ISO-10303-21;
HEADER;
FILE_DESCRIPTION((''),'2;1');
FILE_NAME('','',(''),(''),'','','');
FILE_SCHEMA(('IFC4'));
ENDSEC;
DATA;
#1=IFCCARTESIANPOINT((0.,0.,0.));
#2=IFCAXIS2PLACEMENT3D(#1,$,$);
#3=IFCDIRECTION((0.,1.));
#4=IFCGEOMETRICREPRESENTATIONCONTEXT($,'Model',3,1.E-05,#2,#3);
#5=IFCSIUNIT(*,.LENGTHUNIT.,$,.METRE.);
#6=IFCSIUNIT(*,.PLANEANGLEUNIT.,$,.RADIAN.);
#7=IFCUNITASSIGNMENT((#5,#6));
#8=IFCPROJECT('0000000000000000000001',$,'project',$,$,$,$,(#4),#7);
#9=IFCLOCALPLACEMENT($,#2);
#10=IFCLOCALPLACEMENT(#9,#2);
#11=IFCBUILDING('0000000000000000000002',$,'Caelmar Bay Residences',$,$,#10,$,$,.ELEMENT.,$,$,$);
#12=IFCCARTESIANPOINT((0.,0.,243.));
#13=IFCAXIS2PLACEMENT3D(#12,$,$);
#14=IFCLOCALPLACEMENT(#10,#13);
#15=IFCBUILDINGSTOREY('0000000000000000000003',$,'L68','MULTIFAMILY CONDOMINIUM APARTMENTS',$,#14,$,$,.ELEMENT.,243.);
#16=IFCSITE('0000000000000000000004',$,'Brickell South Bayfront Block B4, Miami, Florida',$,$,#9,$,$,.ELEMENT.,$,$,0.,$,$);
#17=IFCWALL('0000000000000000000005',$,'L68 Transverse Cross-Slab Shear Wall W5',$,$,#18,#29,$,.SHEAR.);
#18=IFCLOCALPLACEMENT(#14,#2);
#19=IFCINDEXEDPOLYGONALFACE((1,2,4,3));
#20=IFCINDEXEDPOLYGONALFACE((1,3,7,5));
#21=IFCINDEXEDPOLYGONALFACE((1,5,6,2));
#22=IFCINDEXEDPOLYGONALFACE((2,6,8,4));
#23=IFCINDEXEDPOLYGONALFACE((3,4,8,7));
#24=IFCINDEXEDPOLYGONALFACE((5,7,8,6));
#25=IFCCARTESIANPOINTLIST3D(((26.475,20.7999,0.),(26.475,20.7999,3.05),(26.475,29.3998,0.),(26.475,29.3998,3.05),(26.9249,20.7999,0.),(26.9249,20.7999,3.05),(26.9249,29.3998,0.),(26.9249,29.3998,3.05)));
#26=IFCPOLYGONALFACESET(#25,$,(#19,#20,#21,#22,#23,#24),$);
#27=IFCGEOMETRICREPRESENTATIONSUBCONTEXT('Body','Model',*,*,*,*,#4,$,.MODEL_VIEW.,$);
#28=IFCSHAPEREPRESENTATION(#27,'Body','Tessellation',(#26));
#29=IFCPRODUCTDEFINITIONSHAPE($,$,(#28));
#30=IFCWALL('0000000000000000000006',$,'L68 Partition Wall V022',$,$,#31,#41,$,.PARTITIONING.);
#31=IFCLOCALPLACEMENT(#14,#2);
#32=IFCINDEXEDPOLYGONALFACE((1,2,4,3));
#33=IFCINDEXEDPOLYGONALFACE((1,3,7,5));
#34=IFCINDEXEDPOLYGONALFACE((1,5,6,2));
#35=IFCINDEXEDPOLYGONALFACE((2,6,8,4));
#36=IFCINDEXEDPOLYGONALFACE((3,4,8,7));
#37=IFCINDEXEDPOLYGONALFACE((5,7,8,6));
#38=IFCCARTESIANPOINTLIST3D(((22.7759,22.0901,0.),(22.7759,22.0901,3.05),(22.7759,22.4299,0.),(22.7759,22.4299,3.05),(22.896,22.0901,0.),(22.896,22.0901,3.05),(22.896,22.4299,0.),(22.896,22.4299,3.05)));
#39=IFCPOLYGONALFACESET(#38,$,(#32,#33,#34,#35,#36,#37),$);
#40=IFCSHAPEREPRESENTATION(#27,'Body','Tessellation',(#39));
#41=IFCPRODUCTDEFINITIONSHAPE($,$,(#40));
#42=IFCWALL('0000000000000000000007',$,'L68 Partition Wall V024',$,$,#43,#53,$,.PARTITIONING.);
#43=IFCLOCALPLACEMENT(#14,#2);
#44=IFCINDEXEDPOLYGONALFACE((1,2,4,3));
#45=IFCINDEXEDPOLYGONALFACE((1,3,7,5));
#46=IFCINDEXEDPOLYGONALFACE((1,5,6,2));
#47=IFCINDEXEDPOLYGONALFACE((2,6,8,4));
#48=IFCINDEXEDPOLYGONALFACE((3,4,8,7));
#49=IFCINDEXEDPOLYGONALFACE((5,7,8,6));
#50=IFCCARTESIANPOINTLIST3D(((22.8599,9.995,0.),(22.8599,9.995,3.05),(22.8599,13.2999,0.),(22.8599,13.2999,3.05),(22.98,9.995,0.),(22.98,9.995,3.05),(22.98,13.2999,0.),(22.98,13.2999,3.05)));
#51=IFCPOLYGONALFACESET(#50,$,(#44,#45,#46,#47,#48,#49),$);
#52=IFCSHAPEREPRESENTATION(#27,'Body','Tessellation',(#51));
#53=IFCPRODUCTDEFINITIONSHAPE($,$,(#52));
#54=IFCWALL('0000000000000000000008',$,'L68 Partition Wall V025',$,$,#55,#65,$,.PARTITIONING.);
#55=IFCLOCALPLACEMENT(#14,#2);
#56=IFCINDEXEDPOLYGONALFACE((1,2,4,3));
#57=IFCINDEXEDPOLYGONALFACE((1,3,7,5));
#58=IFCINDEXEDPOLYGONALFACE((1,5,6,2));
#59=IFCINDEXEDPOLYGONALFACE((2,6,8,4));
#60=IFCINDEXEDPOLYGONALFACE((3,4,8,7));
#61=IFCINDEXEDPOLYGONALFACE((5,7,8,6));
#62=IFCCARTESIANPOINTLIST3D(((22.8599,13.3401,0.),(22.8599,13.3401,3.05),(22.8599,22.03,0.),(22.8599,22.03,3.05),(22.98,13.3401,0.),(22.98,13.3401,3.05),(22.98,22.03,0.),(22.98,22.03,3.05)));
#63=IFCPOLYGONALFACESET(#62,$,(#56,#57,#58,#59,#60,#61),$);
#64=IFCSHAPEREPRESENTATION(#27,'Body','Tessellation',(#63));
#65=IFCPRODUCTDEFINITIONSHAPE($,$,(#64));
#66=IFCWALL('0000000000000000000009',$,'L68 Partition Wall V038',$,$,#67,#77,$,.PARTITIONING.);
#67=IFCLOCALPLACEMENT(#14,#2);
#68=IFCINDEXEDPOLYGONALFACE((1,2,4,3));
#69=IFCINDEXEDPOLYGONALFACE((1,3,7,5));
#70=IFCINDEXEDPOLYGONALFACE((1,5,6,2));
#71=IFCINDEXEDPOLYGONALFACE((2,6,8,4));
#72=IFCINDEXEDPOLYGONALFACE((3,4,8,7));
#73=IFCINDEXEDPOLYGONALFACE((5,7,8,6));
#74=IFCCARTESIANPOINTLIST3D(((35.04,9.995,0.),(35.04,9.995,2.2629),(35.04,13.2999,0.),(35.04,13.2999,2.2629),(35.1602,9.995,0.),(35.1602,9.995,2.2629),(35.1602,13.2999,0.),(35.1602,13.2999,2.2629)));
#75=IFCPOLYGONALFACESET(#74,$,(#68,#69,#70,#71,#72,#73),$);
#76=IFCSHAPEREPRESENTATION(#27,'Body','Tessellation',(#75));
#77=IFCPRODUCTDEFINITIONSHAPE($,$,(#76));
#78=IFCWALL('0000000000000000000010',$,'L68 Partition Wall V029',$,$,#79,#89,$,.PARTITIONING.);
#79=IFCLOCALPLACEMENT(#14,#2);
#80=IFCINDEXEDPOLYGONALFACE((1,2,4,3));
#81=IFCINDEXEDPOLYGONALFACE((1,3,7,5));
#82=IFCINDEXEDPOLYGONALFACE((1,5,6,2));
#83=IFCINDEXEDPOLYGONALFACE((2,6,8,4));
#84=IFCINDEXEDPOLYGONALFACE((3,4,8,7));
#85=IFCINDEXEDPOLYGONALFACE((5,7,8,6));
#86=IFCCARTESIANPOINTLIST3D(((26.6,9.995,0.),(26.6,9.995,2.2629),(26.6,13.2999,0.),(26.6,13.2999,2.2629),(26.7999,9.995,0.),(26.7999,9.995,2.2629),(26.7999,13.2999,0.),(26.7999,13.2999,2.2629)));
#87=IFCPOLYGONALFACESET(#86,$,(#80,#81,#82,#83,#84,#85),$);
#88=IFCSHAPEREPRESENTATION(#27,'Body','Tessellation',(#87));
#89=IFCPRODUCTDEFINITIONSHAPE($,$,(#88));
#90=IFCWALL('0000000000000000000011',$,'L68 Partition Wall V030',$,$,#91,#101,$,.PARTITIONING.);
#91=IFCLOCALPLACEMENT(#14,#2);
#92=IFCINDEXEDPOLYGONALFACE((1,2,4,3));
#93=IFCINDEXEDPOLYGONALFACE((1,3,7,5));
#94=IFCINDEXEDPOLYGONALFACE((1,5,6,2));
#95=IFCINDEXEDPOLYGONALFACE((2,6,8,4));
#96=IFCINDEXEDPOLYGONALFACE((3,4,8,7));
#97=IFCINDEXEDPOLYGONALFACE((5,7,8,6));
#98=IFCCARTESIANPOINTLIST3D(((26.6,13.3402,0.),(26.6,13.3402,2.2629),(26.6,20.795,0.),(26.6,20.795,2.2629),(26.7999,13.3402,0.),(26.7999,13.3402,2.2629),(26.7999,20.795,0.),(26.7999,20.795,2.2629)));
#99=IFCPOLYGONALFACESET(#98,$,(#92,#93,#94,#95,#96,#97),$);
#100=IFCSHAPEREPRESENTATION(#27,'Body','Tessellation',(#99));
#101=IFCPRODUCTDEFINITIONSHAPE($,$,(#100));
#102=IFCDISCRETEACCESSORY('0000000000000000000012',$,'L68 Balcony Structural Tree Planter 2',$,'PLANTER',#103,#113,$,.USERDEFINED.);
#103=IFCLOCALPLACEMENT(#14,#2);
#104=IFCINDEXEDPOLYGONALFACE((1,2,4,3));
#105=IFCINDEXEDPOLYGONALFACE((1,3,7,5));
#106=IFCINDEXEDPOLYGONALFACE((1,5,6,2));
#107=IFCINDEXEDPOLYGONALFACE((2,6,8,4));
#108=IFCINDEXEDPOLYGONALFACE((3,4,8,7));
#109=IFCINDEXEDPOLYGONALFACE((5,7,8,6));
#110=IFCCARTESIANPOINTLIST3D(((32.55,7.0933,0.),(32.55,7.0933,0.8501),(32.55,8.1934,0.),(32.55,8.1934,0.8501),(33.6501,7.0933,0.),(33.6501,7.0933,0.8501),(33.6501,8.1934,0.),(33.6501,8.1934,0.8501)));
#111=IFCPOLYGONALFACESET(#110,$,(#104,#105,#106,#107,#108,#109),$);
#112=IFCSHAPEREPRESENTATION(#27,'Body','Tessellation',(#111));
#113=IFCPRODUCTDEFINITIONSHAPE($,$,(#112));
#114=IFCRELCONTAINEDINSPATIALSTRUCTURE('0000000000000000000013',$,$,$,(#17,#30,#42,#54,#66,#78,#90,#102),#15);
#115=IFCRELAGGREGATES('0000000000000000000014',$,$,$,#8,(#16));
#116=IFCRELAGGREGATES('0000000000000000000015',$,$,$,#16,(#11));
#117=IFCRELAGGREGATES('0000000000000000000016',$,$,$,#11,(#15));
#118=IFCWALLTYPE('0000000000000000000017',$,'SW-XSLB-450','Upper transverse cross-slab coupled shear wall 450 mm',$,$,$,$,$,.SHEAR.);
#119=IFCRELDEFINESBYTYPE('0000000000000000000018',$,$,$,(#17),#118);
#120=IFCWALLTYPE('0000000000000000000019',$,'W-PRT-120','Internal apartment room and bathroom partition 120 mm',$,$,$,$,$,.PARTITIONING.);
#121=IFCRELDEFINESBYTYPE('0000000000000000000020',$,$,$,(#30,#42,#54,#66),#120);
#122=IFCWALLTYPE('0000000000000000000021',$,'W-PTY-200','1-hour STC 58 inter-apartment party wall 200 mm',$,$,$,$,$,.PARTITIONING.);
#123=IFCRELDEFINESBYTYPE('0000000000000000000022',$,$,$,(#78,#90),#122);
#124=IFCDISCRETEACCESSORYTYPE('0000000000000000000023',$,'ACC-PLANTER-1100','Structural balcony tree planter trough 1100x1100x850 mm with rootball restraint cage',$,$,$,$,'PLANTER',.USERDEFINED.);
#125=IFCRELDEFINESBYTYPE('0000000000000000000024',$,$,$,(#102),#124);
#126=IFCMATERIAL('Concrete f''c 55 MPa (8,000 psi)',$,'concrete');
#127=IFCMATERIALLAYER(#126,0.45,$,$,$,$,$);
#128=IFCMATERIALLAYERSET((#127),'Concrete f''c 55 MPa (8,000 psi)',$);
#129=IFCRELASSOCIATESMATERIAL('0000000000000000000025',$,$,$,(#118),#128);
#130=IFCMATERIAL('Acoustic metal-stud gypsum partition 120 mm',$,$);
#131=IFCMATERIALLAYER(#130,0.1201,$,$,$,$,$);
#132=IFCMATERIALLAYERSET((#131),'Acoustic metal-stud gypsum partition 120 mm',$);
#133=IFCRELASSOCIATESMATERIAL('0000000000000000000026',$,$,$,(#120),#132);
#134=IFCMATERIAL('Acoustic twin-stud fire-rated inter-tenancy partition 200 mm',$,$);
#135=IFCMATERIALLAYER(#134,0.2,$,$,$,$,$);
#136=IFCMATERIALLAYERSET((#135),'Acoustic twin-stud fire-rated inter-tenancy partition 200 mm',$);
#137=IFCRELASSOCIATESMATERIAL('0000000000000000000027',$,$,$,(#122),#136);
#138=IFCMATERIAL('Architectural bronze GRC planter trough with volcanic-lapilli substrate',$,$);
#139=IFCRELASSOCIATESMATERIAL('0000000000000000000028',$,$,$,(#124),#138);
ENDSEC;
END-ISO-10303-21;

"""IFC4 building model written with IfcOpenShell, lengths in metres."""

from ifc_helpers import new_model, si_unit, direction, frame, frame_2d, origin, origin_2d, place, context, subcontext, project, spatial, rectangle, extrude, material, layer, layer_set, type_object, element, save


model = new_model("IFC4")

# Units and contexts
model_context = context("Model", 3, precision=1e-05, world=origin(), true_north=direction((0.0, 1.0)))
body_context = subcontext(model_context, "Body", "Model", "MODEL_VIEW")
ifc_project = project(units=[si_unit("LENGTHUNIT", "METRE"), si_unit("PLANEANGLEUNIT", "RADIAN")], contexts=[model_context])

# Site, building, storey
site_placement = place(None, origin())
site = spatial("IfcSite", under=ifc_project, at=site_placement, Name="Brickell South Bayfront Block B4, Miami, Florida", CompositionType="ELEMENT", RefElevation=0.0)
building_placement = place(site_placement, origin())
building = spatial("IfcBuilding", under=site, at=building_placement, Name="Caelmar Bay Residences", CompositionType="ELEMENT")
storey_placement = place(building_placement, frame((0.0, 0.0, 243.0)))
storey = spatial("IfcBuildingStorey", under=building, at=storey_placement, Name="L68", Description="MULTIFAMILY CONDOMINIUM APARTMENTS", CompositionType="ELEMENT", Elevation=243.0)

# Shared definitions
ifc_material_1 = material(Name="Concrete f'c 55 MPa (8,000 psi)", Category="concrete")

# Walls
ifc_layer_1 = layer(ifc_material_1, 0.45)
ifc_layer_set_1 = layer_set([ifc_layer_1], Name="Concrete f'c 55 MPa (8,000 psi)")
wall_type_1 = type_object("IfcWallType", Name="SW-XSLB-450", Description="Upper transverse cross-slab coupled shear wall 450 mm", PredefinedType="SHEAR", material=ifc_layer_set_1)
wall_1_placement = place(storey_placement, frame((26.7, 20.8, 0.0), z_axis=(0.0, 0.0, 1.0), x_axis=(0.0, 1.0, 0.0)))
element("IfcWall", 1, at=wall_1_placement, inside=storey, type_object=wall_type_1, Name="L68 Transverse Cross-Slab Shear Wall W5", PredefinedType="SHEAR", context=body_context, shape_type="SweptSolid", body=[
    extrude(rectangle(XDim=8.5999, YDim=0.45, at=frame_2d((4.2998, 0.0))), origin(), (0.0, 0.0, 1.0), 3.05),
])
ifc_material_2 = material(Name="Acoustic metal-stud gypsum partition 120 mm")
ifc_layer_2 = layer(ifc_material_2, 0.1201)
ifc_layer_set_2 = layer_set([ifc_layer_2], Name="Acoustic metal-stud gypsum partition 120 mm")
wall_type_2 = type_object("IfcWallType", Name="W-PRT-120", Description="Internal apartment room and bathroom partition 120 mm", PredefinedType="PARTITIONING", material=ifc_layer_set_2)
wall_2_placement = place(storey_placement, frame((22.8359, 22.0901, 0.0), z_axis=(0.0, 0.0, 1.0), x_axis=(0.0, 1.0, 0.0)))
element("IfcWall", 2, at=wall_2_placement, inside=storey, type_object=wall_type_2, Name="L68 Partition Wall V022", PredefinedType="PARTITIONING", context=body_context, shape_type="SweptSolid", body=[
    extrude(rectangle(XDim=0.3398, YDim=0.1201, at=frame_2d((0.1699, 0.0))), origin(), (0.0, 0.0, 1.0), 3.05),
])
wall_3_placement = place(storey_placement, frame((22.9199, 9.9951, 0.0), z_axis=(0.0, 0.0, 1.0), x_axis=(0.0, 1.0, 0.0)))
element("IfcWall", 3, at=wall_3_placement, inside=storey, type_object=wall_type_2, Name="L68 Partition Wall V024", PredefinedType="PARTITIONING", context=body_context, shape_type="SweptSolid", body=[
    extrude(rectangle(XDim=3.3049, YDim=0.1201, at=frame_2d((1.6523, 0.0))), origin(), (0.0, 0.0, 1.0), 3.05),
])
wall_4_placement = place(storey_placement, frame((22.9199, 13.3401, 0.0), z_axis=(0.0, 0.0, 1.0), x_axis=(0.0, 1.0, 0.0)))
element("IfcWall", 4, at=wall_4_placement, inside=storey, type_object=wall_type_2, Name="L68 Partition Wall V025", PredefinedType="PARTITIONING", context=body_context, shape_type="SweptSolid", body=[
    extrude(rectangle(XDim=8.6899, YDim=0.1201, at=frame_2d((4.345, 0.0))), origin(), (0.0, 0.0, 1.0), 3.05),
])
wall_5_placement = place(storey_placement, frame((35.1001, 9.9951, 0.0), z_axis=(0.0, 0.0, 1.0), x_axis=(0.0, 1.0, 0.0)))
element("IfcWall", 5, at=wall_5_placement, inside=storey, type_object=wall_type_2, Name="L68 Partition Wall V038", PredefinedType="PARTITIONING", context=body_context, shape_type="SweptSolid", body=[
    extrude(rectangle(XDim=3.3049, YDim=0.1201, at=frame_2d((1.6523, 0.0))), origin(), (0.0, 0.0, 1.0), 2.2629),
])
ifc_material_3 = material(Name="Acoustic twin-stud fire-rated inter-tenancy partition 200 mm")
ifc_layer_3 = layer(ifc_material_3, 0.2)
ifc_layer_set_3 = layer_set([ifc_layer_3], Name="Acoustic twin-stud fire-rated inter-tenancy partition 200 mm")
wall_type_3 = type_object("IfcWallType", Name="W-PTY-200", Description="1-hour STC 58 inter-apartment party wall 200 mm", PredefinedType="PARTITIONING", material=ifc_layer_set_3)
wall_6_placement = place(storey_placement, frame((26.7, 9.9951, 0.0), z_axis=(0.0, 0.0, 1.0), x_axis=(0.0, 1.0, 0.0)))
element("IfcWall", 6, at=wall_6_placement, inside=storey, type_object=wall_type_3, Name="L68 Partition Wall V029", PredefinedType="PARTITIONING", context=body_context, shape_type="SweptSolid", body=[
    extrude(rectangle(XDim=3.3049, YDim=0.2, at=frame_2d((1.6523, 0.0))), origin(), (0.0, 0.0, 1.0), 2.2629),
])
wall_7_placement = place(storey_placement, frame((26.7, 13.3401, 0.0), z_axis=(0.0, 0.0, 1.0), x_axis=(0.0, 1.0, 0.0)))
element("IfcWall", 7, at=wall_7_placement, inside=storey, type_object=wall_type_3, Name="L68 Partition Wall V030", PredefinedType="PARTITIONING", context=body_context, shape_type="SweptSolid", body=[
    extrude(rectangle(XDim=7.4548, YDim=0.2, at=frame_2d((3.7275, 0.0))), origin(), (0.0, 0.0, 1.0), 2.2629),
])

# Discrete accessory
ifc_material_4 = material(Name="Architectural bronze GRC planter trough with volcanic-lapilli substrate")
discrete_accessory_type = type_object("IfcDiscreteAccessoryType", Name="ACC-PLANTER-1100", Description="Structural balcony tree planter trough 1100x1100x850 mm with rootball restraint cage", ElementType="PLANTER", PredefinedType="USERDEFINED", material=ifc_material_4)
discrete_accessory_placement = place(storey_placement, frame((33.1001, 7.6433, 0.0), z_axis=(0.0, 0.0, 1.0), x_axis=(1.0, 0.0, 0.0)))
element("IfcDiscreteAccessory", 8, at=discrete_accessory_placement, inside=storey, type_object=discrete_accessory_type, Name="L68 Balcony Structural Tree Planter 2", ObjectType="PLANTER", PredefinedType="USERDEFINED", context=body_context, shape_type="SweptSolid", body=[
    extrude(rectangle(XDim=1.1001, YDim=1.1001, at=origin_2d()), origin(), (0.0, 0.0, 1.0), 0.8501),
])

save(model, "model.ifc")
